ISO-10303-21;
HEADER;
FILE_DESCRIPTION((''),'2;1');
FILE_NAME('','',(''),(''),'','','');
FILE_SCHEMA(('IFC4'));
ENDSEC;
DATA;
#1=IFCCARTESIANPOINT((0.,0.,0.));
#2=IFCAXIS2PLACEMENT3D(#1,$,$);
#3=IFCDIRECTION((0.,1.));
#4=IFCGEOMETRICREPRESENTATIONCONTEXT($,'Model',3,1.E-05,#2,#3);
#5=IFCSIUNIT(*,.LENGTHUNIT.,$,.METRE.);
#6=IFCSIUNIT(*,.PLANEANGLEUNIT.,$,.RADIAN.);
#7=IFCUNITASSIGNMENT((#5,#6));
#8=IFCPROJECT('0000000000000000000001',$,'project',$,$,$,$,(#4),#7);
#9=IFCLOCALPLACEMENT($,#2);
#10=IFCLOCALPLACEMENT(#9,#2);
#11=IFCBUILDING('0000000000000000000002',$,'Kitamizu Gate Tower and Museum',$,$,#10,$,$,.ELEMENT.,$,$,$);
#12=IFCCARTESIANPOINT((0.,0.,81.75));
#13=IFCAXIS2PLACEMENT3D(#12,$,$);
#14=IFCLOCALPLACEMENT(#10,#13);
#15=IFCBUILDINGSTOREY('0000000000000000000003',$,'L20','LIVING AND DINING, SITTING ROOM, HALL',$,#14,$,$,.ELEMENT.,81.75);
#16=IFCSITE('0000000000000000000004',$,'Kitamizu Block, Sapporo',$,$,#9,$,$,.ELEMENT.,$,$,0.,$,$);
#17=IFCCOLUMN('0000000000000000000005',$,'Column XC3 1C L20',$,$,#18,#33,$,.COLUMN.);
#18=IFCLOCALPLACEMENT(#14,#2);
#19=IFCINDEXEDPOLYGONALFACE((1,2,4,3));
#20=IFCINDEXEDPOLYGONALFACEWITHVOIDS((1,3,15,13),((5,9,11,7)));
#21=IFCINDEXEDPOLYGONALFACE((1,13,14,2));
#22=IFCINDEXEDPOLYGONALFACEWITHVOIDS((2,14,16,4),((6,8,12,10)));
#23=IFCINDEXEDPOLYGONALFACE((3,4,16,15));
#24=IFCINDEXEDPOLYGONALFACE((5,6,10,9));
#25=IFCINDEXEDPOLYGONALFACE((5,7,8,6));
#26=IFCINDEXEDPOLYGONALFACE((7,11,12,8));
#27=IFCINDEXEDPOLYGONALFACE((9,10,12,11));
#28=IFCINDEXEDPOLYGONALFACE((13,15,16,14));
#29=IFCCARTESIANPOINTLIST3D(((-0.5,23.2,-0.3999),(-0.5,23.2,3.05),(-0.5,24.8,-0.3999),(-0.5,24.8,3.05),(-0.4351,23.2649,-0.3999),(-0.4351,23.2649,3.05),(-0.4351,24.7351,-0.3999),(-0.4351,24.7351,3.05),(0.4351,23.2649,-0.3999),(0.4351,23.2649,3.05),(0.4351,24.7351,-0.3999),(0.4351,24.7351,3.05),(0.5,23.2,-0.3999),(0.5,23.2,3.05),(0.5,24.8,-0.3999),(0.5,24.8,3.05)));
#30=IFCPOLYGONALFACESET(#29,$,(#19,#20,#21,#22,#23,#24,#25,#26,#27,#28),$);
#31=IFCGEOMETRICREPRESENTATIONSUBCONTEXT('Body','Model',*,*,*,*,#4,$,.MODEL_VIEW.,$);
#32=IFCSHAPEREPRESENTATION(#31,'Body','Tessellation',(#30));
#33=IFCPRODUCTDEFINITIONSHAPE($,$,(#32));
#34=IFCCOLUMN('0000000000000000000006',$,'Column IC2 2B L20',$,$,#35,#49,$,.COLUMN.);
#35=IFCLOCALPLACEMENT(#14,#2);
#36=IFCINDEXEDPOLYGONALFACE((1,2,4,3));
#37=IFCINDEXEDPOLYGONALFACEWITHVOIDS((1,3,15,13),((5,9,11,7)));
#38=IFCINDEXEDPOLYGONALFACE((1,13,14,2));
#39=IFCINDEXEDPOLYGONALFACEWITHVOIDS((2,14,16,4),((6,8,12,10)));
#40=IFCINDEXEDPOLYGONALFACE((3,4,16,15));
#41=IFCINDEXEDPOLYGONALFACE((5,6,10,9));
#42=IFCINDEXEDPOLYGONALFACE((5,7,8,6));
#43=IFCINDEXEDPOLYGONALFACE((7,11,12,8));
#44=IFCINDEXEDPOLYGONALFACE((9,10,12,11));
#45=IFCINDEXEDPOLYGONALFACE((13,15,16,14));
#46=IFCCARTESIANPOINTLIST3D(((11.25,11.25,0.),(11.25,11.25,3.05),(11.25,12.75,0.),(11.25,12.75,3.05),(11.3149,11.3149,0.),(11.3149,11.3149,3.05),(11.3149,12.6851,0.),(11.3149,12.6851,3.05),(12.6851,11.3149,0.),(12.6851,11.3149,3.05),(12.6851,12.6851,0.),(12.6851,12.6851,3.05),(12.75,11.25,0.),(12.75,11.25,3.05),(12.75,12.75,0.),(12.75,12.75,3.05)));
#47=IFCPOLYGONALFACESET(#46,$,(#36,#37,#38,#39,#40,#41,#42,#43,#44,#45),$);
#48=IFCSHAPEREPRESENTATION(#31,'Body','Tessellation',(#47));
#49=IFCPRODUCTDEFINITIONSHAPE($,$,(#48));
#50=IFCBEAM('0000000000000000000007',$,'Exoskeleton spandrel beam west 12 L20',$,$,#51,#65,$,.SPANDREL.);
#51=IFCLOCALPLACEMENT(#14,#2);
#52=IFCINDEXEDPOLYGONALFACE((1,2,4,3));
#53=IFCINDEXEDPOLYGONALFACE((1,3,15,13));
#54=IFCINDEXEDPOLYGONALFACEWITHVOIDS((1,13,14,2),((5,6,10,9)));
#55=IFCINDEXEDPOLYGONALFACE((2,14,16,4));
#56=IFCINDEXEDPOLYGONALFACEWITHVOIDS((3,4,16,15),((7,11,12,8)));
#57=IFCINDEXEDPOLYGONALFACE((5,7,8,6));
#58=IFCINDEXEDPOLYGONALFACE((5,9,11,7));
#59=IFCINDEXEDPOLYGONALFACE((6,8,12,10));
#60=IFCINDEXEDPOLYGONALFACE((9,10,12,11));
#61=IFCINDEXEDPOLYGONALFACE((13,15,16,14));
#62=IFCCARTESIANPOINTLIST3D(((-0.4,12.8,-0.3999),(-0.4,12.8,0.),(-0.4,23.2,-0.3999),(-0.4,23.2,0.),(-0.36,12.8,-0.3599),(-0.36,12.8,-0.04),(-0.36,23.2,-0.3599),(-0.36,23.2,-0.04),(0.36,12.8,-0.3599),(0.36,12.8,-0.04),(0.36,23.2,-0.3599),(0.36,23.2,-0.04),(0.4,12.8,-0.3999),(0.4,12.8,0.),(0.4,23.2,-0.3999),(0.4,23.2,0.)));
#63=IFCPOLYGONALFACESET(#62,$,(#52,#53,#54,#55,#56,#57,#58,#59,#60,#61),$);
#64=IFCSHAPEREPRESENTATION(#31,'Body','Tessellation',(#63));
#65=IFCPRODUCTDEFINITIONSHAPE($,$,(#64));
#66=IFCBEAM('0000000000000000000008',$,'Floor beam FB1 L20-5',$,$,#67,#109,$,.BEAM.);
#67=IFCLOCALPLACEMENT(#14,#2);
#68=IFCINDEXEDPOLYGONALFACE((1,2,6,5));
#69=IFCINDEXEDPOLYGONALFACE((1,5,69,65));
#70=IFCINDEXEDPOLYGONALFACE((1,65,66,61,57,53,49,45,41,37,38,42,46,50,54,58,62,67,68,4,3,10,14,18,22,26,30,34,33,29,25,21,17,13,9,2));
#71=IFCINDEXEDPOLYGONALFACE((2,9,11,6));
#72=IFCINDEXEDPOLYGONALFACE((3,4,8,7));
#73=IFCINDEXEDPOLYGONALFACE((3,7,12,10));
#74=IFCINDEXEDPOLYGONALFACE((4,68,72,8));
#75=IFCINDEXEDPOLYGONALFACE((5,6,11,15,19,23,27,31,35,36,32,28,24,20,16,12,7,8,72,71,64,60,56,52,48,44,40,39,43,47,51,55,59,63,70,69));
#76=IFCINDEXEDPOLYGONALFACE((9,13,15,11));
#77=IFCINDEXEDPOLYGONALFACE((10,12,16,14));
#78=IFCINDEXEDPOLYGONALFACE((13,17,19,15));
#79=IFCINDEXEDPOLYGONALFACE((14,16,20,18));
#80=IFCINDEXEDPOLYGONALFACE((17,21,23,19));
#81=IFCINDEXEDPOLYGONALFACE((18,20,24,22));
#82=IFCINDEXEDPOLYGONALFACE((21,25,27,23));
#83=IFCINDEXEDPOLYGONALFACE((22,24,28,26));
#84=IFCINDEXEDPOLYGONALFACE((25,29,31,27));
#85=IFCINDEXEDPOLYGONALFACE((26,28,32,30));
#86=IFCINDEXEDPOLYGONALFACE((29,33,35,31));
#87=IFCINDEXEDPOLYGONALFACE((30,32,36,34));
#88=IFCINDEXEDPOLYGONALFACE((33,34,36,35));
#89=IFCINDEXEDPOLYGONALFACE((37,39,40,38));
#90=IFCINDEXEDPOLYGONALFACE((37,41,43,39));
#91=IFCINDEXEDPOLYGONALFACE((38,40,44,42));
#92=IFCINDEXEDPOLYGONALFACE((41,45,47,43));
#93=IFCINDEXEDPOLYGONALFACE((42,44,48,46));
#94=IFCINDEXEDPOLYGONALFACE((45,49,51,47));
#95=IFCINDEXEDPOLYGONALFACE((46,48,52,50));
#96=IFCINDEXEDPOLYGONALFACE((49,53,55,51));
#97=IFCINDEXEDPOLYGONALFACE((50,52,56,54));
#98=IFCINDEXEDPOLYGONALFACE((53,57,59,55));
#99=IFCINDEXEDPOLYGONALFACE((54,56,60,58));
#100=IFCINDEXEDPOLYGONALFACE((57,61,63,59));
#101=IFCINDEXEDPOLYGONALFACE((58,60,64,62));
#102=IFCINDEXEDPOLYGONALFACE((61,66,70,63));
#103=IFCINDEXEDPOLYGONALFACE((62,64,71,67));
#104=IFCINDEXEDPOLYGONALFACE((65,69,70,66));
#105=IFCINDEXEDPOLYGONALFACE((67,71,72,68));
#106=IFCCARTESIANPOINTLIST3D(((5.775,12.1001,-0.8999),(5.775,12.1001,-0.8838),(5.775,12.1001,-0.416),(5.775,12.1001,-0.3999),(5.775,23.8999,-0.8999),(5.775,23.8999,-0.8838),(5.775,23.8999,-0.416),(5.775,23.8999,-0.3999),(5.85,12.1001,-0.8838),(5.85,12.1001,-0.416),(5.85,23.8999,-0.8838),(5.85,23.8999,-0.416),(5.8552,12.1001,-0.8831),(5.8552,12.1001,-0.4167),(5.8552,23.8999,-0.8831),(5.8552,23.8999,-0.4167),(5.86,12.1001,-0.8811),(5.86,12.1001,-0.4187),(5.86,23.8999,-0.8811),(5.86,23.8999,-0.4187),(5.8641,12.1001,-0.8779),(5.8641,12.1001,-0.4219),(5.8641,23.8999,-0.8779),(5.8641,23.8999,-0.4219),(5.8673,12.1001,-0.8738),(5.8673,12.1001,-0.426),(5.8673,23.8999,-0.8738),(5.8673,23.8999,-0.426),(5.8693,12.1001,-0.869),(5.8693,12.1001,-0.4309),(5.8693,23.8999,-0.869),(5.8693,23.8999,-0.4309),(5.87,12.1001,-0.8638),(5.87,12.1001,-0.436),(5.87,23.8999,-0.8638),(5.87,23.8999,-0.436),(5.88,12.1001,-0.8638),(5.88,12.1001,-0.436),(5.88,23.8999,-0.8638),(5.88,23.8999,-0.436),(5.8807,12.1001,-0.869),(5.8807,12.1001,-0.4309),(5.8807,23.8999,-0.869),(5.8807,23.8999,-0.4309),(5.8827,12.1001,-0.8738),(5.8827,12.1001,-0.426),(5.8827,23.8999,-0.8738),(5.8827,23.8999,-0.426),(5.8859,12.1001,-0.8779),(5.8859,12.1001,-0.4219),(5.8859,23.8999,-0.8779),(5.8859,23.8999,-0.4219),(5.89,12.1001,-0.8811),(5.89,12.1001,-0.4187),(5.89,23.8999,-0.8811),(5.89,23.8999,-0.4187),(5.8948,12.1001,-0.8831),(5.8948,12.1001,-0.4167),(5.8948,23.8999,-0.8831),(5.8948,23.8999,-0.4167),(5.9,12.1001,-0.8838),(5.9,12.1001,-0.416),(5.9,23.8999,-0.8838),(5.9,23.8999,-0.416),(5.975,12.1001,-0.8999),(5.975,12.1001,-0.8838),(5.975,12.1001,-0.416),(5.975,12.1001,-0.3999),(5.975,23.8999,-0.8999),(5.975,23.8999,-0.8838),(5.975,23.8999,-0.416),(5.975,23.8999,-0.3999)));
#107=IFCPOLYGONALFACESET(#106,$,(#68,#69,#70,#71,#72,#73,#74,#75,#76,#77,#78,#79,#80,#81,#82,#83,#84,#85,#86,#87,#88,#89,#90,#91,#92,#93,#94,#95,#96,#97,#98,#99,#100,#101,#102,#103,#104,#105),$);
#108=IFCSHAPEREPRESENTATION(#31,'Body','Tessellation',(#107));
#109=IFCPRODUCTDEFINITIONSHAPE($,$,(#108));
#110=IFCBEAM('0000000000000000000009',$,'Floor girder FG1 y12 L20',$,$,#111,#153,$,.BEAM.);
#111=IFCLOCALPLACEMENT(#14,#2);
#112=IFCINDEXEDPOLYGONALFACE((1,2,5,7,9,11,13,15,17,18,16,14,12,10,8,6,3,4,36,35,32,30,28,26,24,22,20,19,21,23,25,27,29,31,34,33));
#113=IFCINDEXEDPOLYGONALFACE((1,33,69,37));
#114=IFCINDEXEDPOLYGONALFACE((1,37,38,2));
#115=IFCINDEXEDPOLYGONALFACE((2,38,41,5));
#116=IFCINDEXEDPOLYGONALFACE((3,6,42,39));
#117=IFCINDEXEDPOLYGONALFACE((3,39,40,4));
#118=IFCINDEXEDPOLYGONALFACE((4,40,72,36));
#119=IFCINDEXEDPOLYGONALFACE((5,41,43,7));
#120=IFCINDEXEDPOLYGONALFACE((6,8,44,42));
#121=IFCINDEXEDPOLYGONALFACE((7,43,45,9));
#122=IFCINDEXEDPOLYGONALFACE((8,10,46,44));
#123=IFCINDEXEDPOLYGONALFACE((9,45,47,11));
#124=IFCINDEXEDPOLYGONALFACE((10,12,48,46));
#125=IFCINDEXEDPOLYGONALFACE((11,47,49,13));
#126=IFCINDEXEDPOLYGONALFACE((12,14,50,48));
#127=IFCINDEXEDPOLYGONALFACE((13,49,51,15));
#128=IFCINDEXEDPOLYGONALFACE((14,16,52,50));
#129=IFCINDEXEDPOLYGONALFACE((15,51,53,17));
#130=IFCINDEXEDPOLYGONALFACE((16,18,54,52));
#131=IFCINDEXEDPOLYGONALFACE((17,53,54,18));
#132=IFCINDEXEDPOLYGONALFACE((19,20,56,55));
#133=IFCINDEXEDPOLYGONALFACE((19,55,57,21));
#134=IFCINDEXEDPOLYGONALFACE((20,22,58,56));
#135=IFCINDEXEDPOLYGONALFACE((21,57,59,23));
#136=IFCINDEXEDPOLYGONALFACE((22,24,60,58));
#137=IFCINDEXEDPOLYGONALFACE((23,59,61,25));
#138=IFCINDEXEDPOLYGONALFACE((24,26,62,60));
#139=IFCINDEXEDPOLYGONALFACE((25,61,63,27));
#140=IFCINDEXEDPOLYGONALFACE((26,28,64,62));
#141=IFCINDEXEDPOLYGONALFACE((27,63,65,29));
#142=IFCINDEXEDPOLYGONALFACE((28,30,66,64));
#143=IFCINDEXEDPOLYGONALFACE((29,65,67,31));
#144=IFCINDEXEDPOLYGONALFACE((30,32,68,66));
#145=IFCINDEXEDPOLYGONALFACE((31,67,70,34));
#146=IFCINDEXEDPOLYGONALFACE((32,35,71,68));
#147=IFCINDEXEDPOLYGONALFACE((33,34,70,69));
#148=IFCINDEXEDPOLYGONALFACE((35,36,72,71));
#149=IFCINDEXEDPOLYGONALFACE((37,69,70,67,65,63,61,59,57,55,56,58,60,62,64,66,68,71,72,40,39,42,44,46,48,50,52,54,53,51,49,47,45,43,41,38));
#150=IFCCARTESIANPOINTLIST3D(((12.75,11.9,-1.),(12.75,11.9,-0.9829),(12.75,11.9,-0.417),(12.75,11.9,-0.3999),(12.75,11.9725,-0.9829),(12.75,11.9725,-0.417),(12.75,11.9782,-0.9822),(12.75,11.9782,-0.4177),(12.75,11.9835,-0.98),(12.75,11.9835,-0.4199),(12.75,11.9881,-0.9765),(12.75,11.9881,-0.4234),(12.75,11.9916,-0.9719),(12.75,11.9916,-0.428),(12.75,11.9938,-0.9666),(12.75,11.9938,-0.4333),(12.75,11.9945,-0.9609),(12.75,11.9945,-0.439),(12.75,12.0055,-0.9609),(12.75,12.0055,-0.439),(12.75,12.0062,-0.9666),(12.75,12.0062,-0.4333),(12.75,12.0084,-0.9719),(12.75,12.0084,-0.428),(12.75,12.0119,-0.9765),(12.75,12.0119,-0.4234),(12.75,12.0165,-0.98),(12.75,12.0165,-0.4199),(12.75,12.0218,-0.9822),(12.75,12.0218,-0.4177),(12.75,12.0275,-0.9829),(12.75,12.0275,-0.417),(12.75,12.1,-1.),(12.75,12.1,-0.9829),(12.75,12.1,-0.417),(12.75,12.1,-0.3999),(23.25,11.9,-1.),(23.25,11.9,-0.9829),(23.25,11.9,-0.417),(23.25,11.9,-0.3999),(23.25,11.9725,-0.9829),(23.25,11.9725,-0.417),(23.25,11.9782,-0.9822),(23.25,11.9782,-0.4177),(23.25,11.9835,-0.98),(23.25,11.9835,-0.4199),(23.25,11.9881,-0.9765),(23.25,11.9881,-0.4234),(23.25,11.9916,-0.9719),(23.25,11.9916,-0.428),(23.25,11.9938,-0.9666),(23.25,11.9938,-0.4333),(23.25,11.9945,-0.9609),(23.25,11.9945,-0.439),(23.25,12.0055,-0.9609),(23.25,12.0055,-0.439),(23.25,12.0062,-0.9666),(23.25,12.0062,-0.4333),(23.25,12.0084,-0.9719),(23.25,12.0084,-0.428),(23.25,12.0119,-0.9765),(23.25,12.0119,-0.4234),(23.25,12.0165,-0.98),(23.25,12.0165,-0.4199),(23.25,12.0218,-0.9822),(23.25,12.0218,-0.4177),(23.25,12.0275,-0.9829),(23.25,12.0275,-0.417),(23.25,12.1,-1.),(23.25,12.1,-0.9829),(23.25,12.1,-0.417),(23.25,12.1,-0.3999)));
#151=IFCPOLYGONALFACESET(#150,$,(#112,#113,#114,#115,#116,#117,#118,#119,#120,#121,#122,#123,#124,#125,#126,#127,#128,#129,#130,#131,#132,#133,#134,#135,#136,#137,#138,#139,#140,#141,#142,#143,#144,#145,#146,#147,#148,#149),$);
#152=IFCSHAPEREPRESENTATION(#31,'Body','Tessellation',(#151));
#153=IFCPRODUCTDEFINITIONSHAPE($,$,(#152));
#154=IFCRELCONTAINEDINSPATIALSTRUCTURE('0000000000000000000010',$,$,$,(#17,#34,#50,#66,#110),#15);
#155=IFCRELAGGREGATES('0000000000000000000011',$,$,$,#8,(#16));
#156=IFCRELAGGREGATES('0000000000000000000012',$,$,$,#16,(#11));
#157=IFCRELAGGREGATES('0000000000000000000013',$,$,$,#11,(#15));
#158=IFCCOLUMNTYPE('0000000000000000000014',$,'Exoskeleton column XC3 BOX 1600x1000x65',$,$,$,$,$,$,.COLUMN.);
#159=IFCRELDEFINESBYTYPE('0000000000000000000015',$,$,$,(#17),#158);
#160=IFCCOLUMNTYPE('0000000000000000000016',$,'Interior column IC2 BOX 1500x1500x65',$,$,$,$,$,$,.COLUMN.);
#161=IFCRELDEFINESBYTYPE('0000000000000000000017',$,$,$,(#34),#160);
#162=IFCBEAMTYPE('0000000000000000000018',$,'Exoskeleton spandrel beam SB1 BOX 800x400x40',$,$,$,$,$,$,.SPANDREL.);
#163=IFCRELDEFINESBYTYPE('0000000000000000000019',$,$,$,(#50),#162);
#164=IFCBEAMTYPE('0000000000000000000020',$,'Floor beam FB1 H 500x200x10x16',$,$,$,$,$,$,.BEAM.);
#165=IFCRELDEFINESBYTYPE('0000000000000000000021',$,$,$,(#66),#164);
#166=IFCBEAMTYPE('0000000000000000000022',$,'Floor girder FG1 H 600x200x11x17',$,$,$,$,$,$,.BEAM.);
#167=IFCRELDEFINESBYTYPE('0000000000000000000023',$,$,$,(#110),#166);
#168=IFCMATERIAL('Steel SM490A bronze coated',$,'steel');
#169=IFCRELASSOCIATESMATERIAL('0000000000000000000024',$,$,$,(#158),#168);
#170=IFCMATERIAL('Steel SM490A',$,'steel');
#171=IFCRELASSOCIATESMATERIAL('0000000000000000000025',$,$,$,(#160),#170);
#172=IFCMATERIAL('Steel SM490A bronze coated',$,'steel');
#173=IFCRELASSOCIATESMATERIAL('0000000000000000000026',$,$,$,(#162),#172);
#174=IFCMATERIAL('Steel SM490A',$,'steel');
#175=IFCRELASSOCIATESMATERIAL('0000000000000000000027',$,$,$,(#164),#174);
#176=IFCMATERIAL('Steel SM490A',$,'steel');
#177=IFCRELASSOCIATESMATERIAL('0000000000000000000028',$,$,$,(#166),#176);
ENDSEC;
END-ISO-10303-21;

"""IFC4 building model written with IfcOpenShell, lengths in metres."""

from ifc_helpers import new_model, si_unit, direction, frame, origin, origin_2d, place, context, subcontext, project, spatial, hollow_rectangle, i_section, extrude, material, material_profile, profile_set, type_object, element, save


model = new_model("IFC4")

# Units and contexts
model_context = context("Model", 3, precision=1e-05, world=origin(), true_north=direction((0.0, 1.0)))
body_context = subcontext(model_context, "Body", "Model", "MODEL_VIEW")
ifc_project = project(units=[si_unit("LENGTHUNIT", "METRE"), si_unit("PLANEANGLEUNIT", "RADIAN")], contexts=[model_context])

# Site, building, storey
site_placement = place(None, origin())
site = spatial("IfcSite", under=ifc_project, at=site_placement, Name="Kitamizu Block, Sapporo", CompositionType="ELEMENT", RefElevation=0.0)
building_placement = place(site_placement, origin())
building = spatial("IfcBuilding", under=site, at=building_placement, Name="Kitamizu Gate Tower and Museum", CompositionType="ELEMENT")
storey_placement = place(building_placement, frame((0.0, 0.0, 81.75)))
storey = spatial("IfcBuildingStorey", under=building, at=storey_placement, Name="L20", Description="LIVING AND DINING, SITTING ROOM, HALL", CompositionType="ELEMENT", Elevation=81.75)

# Columns
ifc_material_1 = material(Name="Steel SM490A bronze coated", Category="steel")
ifc_material_profile_1 = material_profile(ifc_material_1, hollow_rectangle(XDim=1.6001, YDim=1.0, WallThickness=0.0649, at=origin_2d()), Name="BOX 1600x1000x65")
ifc_profile_set_1 = profile_set([ifc_material_profile_1], Name="Steel SM490A bronze coated")
column_type_1 = type_object("IfcColumnType", Name="Exoskeleton column XC3 BOX 1600x1000x65", PredefinedType="COLUMN", material=ifc_profile_set_1)
column_1_placement = place(storey_placement, frame((0.0, 24.0, -0.3999), z_axis=(0.0, 0.0, 1.0), x_axis=(0.0, 1.0, 0.0)))
element("IfcColumn", 1, at=column_1_placement, inside=storey, type_object=column_type_1, Name="Column XC3 1C L20", PredefinedType="COLUMN", context=body_context, shape_type="SweptSolid", body=[
    extrude(hollow_rectangle(XDim=1.6001, YDim=1.0, WallThickness=0.0649, at=origin_2d()), origin(), (0.0, 0.0, 1.0), 3.45),
])
ifc_material_2 = material(Name="Steel SM490A", Category="steel")
ifc_material_profile_2 = material_profile(ifc_material_2, hollow_rectangle(XDim=1.5, YDim=1.5, WallThickness=0.0649, at=origin_2d()), Name="BOX 1500x1500x65")
ifc_profile_set_2 = profile_set([ifc_material_profile_2], Name="Steel SM490A")
column_type_2 = type_object("IfcColumnType", Name="Interior column IC2 BOX 1500x1500x65", PredefinedType="COLUMN", material=ifc_profile_set_2)
column_2_placement = place(storey_placement, frame((12.0, 12.0, 0.0), z_axis=(0.0, 0.0, 1.0), x_axis=(1.0, 0.0, 0.0)))
element("IfcColumn", 2, at=column_2_placement, inside=storey, type_object=column_type_2, Name="Column IC2 2B L20", PredefinedType="COLUMN", context=body_context, shape_type="SweptSolid", body=[
    extrude(hollow_rectangle(XDim=1.5, YDim=1.5, WallThickness=0.0649, at=origin_2d()), origin(), (0.0, 0.0, 1.0), 3.05),
])

# Beams
ifc_material_3 = material(Name="Steel SM490A bronze coated", Category="steel")
ifc_material_profile_3 = material_profile(ifc_material_3, hollow_rectangle(XDim=0.8, YDim=0.3999, WallThickness=0.04, at=origin_2d()), Name="BOX 800x400x40")
ifc_profile_set_3 = profile_set([ifc_material_profile_3], Name="Steel SM490A bronze coated")
beam_type_1 = type_object("IfcBeamType", Name="Exoskeleton spandrel beam SB1 BOX 800x400x40", PredefinedType="SPANDREL", material=ifc_profile_set_3)
beam_1_placement = place(storey_placement, frame((0.0, 12.8, -0.2), z_axis=(0.0, 1.0, 0.0), x_axis=(-1.0, 0.0, 0.0)))
element("IfcBeam", 3, at=beam_1_placement, inside=storey, type_object=beam_type_1, Name="Exoskeleton spandrel beam west 12 L20", PredefinedType="SPANDREL", context=body_context, shape_type="SweptSolid", body=[
    extrude(hollow_rectangle(XDim=0.8, YDim=0.3999, WallThickness=0.04, at=origin_2d()), origin(), (0.0, 0.0, 1.0), 10.3999),
])
ifc_material_4 = material(Name="Steel SM490A", Category="steel")
ifc_material_profile_4 = material_profile(ifc_material_4, i_section(OverallWidth=0.2, OverallDepth=0.5, WebThickness=0.01, FlangeThickness=0.0161, FilletRadius=0.02, at=origin_2d()), Name="H-500x200x10x16")
ifc_profile_set_4 = profile_set([ifc_material_profile_4], Name="Steel SM490A")
beam_type_2 = type_object("IfcBeamType", Name="Floor beam FB1 H 500x200x10x16", PredefinedType="BEAM", material=ifc_profile_set_4)
beam_2_placement = place(storey_placement, frame((5.875, 12.1001, -0.6499), z_axis=(0.0, 1.0, 0.0), x_axis=(-1.0, 0.0, 0.0)))
element("IfcBeam", 4, at=beam_2_placement, inside=storey, type_object=beam_type_2, Name="Floor beam FB1 L20-5", PredefinedType="BEAM", context=body_context, shape_type="SweptSolid", body=[
    extrude(i_section(OverallWidth=0.2, OverallDepth=0.5, WebThickness=0.01, FlangeThickness=0.0161, FilletRadius=0.02, at=origin_2d()), origin(), (0.0, 0.0, 1.0), 11.7998),
])
ifc_material_5 = material(Name="Steel SM490A", Category="steel")
ifc_material_profile_5 = material_profile(ifc_material_5, i_section(OverallWidth=0.2, OverallDepth=0.6001, WebThickness=0.011, FlangeThickness=0.0171, FilletRadius=0.022, at=origin_2d()), Name="H-600x200x11x17")
ifc_profile_set_5 = profile_set([ifc_material_profile_5], Name="Steel SM490A")
beam_type_3 = type_object("IfcBeamType", Name="Floor girder FG1 H 600x200x11x17", PredefinedType="BEAM", material=ifc_profile_set_5)
beam_3_placement = place(storey_placement, frame((12.75, 12.0, -0.7), z_axis=(1.0, 0.0, 0.0), x_axis=(0.0, 1.0, 0.0)))
element("IfcBeam", 5, at=beam_3_placement, inside=storey, type_object=beam_type_3, Name="Floor girder FG1 y12 L20", PredefinedType="BEAM", context=body_context, shape_type="SweptSolid", body=[
    extrude(i_section(OverallWidth=0.2, OverallDepth=0.6001, WebThickness=0.011, FlangeThickness=0.0171, FilletRadius=0.022, at=origin_2d()), origin(), (0.0, 0.0, 1.0), 10.5),
])

save(model, "model.ifc")
